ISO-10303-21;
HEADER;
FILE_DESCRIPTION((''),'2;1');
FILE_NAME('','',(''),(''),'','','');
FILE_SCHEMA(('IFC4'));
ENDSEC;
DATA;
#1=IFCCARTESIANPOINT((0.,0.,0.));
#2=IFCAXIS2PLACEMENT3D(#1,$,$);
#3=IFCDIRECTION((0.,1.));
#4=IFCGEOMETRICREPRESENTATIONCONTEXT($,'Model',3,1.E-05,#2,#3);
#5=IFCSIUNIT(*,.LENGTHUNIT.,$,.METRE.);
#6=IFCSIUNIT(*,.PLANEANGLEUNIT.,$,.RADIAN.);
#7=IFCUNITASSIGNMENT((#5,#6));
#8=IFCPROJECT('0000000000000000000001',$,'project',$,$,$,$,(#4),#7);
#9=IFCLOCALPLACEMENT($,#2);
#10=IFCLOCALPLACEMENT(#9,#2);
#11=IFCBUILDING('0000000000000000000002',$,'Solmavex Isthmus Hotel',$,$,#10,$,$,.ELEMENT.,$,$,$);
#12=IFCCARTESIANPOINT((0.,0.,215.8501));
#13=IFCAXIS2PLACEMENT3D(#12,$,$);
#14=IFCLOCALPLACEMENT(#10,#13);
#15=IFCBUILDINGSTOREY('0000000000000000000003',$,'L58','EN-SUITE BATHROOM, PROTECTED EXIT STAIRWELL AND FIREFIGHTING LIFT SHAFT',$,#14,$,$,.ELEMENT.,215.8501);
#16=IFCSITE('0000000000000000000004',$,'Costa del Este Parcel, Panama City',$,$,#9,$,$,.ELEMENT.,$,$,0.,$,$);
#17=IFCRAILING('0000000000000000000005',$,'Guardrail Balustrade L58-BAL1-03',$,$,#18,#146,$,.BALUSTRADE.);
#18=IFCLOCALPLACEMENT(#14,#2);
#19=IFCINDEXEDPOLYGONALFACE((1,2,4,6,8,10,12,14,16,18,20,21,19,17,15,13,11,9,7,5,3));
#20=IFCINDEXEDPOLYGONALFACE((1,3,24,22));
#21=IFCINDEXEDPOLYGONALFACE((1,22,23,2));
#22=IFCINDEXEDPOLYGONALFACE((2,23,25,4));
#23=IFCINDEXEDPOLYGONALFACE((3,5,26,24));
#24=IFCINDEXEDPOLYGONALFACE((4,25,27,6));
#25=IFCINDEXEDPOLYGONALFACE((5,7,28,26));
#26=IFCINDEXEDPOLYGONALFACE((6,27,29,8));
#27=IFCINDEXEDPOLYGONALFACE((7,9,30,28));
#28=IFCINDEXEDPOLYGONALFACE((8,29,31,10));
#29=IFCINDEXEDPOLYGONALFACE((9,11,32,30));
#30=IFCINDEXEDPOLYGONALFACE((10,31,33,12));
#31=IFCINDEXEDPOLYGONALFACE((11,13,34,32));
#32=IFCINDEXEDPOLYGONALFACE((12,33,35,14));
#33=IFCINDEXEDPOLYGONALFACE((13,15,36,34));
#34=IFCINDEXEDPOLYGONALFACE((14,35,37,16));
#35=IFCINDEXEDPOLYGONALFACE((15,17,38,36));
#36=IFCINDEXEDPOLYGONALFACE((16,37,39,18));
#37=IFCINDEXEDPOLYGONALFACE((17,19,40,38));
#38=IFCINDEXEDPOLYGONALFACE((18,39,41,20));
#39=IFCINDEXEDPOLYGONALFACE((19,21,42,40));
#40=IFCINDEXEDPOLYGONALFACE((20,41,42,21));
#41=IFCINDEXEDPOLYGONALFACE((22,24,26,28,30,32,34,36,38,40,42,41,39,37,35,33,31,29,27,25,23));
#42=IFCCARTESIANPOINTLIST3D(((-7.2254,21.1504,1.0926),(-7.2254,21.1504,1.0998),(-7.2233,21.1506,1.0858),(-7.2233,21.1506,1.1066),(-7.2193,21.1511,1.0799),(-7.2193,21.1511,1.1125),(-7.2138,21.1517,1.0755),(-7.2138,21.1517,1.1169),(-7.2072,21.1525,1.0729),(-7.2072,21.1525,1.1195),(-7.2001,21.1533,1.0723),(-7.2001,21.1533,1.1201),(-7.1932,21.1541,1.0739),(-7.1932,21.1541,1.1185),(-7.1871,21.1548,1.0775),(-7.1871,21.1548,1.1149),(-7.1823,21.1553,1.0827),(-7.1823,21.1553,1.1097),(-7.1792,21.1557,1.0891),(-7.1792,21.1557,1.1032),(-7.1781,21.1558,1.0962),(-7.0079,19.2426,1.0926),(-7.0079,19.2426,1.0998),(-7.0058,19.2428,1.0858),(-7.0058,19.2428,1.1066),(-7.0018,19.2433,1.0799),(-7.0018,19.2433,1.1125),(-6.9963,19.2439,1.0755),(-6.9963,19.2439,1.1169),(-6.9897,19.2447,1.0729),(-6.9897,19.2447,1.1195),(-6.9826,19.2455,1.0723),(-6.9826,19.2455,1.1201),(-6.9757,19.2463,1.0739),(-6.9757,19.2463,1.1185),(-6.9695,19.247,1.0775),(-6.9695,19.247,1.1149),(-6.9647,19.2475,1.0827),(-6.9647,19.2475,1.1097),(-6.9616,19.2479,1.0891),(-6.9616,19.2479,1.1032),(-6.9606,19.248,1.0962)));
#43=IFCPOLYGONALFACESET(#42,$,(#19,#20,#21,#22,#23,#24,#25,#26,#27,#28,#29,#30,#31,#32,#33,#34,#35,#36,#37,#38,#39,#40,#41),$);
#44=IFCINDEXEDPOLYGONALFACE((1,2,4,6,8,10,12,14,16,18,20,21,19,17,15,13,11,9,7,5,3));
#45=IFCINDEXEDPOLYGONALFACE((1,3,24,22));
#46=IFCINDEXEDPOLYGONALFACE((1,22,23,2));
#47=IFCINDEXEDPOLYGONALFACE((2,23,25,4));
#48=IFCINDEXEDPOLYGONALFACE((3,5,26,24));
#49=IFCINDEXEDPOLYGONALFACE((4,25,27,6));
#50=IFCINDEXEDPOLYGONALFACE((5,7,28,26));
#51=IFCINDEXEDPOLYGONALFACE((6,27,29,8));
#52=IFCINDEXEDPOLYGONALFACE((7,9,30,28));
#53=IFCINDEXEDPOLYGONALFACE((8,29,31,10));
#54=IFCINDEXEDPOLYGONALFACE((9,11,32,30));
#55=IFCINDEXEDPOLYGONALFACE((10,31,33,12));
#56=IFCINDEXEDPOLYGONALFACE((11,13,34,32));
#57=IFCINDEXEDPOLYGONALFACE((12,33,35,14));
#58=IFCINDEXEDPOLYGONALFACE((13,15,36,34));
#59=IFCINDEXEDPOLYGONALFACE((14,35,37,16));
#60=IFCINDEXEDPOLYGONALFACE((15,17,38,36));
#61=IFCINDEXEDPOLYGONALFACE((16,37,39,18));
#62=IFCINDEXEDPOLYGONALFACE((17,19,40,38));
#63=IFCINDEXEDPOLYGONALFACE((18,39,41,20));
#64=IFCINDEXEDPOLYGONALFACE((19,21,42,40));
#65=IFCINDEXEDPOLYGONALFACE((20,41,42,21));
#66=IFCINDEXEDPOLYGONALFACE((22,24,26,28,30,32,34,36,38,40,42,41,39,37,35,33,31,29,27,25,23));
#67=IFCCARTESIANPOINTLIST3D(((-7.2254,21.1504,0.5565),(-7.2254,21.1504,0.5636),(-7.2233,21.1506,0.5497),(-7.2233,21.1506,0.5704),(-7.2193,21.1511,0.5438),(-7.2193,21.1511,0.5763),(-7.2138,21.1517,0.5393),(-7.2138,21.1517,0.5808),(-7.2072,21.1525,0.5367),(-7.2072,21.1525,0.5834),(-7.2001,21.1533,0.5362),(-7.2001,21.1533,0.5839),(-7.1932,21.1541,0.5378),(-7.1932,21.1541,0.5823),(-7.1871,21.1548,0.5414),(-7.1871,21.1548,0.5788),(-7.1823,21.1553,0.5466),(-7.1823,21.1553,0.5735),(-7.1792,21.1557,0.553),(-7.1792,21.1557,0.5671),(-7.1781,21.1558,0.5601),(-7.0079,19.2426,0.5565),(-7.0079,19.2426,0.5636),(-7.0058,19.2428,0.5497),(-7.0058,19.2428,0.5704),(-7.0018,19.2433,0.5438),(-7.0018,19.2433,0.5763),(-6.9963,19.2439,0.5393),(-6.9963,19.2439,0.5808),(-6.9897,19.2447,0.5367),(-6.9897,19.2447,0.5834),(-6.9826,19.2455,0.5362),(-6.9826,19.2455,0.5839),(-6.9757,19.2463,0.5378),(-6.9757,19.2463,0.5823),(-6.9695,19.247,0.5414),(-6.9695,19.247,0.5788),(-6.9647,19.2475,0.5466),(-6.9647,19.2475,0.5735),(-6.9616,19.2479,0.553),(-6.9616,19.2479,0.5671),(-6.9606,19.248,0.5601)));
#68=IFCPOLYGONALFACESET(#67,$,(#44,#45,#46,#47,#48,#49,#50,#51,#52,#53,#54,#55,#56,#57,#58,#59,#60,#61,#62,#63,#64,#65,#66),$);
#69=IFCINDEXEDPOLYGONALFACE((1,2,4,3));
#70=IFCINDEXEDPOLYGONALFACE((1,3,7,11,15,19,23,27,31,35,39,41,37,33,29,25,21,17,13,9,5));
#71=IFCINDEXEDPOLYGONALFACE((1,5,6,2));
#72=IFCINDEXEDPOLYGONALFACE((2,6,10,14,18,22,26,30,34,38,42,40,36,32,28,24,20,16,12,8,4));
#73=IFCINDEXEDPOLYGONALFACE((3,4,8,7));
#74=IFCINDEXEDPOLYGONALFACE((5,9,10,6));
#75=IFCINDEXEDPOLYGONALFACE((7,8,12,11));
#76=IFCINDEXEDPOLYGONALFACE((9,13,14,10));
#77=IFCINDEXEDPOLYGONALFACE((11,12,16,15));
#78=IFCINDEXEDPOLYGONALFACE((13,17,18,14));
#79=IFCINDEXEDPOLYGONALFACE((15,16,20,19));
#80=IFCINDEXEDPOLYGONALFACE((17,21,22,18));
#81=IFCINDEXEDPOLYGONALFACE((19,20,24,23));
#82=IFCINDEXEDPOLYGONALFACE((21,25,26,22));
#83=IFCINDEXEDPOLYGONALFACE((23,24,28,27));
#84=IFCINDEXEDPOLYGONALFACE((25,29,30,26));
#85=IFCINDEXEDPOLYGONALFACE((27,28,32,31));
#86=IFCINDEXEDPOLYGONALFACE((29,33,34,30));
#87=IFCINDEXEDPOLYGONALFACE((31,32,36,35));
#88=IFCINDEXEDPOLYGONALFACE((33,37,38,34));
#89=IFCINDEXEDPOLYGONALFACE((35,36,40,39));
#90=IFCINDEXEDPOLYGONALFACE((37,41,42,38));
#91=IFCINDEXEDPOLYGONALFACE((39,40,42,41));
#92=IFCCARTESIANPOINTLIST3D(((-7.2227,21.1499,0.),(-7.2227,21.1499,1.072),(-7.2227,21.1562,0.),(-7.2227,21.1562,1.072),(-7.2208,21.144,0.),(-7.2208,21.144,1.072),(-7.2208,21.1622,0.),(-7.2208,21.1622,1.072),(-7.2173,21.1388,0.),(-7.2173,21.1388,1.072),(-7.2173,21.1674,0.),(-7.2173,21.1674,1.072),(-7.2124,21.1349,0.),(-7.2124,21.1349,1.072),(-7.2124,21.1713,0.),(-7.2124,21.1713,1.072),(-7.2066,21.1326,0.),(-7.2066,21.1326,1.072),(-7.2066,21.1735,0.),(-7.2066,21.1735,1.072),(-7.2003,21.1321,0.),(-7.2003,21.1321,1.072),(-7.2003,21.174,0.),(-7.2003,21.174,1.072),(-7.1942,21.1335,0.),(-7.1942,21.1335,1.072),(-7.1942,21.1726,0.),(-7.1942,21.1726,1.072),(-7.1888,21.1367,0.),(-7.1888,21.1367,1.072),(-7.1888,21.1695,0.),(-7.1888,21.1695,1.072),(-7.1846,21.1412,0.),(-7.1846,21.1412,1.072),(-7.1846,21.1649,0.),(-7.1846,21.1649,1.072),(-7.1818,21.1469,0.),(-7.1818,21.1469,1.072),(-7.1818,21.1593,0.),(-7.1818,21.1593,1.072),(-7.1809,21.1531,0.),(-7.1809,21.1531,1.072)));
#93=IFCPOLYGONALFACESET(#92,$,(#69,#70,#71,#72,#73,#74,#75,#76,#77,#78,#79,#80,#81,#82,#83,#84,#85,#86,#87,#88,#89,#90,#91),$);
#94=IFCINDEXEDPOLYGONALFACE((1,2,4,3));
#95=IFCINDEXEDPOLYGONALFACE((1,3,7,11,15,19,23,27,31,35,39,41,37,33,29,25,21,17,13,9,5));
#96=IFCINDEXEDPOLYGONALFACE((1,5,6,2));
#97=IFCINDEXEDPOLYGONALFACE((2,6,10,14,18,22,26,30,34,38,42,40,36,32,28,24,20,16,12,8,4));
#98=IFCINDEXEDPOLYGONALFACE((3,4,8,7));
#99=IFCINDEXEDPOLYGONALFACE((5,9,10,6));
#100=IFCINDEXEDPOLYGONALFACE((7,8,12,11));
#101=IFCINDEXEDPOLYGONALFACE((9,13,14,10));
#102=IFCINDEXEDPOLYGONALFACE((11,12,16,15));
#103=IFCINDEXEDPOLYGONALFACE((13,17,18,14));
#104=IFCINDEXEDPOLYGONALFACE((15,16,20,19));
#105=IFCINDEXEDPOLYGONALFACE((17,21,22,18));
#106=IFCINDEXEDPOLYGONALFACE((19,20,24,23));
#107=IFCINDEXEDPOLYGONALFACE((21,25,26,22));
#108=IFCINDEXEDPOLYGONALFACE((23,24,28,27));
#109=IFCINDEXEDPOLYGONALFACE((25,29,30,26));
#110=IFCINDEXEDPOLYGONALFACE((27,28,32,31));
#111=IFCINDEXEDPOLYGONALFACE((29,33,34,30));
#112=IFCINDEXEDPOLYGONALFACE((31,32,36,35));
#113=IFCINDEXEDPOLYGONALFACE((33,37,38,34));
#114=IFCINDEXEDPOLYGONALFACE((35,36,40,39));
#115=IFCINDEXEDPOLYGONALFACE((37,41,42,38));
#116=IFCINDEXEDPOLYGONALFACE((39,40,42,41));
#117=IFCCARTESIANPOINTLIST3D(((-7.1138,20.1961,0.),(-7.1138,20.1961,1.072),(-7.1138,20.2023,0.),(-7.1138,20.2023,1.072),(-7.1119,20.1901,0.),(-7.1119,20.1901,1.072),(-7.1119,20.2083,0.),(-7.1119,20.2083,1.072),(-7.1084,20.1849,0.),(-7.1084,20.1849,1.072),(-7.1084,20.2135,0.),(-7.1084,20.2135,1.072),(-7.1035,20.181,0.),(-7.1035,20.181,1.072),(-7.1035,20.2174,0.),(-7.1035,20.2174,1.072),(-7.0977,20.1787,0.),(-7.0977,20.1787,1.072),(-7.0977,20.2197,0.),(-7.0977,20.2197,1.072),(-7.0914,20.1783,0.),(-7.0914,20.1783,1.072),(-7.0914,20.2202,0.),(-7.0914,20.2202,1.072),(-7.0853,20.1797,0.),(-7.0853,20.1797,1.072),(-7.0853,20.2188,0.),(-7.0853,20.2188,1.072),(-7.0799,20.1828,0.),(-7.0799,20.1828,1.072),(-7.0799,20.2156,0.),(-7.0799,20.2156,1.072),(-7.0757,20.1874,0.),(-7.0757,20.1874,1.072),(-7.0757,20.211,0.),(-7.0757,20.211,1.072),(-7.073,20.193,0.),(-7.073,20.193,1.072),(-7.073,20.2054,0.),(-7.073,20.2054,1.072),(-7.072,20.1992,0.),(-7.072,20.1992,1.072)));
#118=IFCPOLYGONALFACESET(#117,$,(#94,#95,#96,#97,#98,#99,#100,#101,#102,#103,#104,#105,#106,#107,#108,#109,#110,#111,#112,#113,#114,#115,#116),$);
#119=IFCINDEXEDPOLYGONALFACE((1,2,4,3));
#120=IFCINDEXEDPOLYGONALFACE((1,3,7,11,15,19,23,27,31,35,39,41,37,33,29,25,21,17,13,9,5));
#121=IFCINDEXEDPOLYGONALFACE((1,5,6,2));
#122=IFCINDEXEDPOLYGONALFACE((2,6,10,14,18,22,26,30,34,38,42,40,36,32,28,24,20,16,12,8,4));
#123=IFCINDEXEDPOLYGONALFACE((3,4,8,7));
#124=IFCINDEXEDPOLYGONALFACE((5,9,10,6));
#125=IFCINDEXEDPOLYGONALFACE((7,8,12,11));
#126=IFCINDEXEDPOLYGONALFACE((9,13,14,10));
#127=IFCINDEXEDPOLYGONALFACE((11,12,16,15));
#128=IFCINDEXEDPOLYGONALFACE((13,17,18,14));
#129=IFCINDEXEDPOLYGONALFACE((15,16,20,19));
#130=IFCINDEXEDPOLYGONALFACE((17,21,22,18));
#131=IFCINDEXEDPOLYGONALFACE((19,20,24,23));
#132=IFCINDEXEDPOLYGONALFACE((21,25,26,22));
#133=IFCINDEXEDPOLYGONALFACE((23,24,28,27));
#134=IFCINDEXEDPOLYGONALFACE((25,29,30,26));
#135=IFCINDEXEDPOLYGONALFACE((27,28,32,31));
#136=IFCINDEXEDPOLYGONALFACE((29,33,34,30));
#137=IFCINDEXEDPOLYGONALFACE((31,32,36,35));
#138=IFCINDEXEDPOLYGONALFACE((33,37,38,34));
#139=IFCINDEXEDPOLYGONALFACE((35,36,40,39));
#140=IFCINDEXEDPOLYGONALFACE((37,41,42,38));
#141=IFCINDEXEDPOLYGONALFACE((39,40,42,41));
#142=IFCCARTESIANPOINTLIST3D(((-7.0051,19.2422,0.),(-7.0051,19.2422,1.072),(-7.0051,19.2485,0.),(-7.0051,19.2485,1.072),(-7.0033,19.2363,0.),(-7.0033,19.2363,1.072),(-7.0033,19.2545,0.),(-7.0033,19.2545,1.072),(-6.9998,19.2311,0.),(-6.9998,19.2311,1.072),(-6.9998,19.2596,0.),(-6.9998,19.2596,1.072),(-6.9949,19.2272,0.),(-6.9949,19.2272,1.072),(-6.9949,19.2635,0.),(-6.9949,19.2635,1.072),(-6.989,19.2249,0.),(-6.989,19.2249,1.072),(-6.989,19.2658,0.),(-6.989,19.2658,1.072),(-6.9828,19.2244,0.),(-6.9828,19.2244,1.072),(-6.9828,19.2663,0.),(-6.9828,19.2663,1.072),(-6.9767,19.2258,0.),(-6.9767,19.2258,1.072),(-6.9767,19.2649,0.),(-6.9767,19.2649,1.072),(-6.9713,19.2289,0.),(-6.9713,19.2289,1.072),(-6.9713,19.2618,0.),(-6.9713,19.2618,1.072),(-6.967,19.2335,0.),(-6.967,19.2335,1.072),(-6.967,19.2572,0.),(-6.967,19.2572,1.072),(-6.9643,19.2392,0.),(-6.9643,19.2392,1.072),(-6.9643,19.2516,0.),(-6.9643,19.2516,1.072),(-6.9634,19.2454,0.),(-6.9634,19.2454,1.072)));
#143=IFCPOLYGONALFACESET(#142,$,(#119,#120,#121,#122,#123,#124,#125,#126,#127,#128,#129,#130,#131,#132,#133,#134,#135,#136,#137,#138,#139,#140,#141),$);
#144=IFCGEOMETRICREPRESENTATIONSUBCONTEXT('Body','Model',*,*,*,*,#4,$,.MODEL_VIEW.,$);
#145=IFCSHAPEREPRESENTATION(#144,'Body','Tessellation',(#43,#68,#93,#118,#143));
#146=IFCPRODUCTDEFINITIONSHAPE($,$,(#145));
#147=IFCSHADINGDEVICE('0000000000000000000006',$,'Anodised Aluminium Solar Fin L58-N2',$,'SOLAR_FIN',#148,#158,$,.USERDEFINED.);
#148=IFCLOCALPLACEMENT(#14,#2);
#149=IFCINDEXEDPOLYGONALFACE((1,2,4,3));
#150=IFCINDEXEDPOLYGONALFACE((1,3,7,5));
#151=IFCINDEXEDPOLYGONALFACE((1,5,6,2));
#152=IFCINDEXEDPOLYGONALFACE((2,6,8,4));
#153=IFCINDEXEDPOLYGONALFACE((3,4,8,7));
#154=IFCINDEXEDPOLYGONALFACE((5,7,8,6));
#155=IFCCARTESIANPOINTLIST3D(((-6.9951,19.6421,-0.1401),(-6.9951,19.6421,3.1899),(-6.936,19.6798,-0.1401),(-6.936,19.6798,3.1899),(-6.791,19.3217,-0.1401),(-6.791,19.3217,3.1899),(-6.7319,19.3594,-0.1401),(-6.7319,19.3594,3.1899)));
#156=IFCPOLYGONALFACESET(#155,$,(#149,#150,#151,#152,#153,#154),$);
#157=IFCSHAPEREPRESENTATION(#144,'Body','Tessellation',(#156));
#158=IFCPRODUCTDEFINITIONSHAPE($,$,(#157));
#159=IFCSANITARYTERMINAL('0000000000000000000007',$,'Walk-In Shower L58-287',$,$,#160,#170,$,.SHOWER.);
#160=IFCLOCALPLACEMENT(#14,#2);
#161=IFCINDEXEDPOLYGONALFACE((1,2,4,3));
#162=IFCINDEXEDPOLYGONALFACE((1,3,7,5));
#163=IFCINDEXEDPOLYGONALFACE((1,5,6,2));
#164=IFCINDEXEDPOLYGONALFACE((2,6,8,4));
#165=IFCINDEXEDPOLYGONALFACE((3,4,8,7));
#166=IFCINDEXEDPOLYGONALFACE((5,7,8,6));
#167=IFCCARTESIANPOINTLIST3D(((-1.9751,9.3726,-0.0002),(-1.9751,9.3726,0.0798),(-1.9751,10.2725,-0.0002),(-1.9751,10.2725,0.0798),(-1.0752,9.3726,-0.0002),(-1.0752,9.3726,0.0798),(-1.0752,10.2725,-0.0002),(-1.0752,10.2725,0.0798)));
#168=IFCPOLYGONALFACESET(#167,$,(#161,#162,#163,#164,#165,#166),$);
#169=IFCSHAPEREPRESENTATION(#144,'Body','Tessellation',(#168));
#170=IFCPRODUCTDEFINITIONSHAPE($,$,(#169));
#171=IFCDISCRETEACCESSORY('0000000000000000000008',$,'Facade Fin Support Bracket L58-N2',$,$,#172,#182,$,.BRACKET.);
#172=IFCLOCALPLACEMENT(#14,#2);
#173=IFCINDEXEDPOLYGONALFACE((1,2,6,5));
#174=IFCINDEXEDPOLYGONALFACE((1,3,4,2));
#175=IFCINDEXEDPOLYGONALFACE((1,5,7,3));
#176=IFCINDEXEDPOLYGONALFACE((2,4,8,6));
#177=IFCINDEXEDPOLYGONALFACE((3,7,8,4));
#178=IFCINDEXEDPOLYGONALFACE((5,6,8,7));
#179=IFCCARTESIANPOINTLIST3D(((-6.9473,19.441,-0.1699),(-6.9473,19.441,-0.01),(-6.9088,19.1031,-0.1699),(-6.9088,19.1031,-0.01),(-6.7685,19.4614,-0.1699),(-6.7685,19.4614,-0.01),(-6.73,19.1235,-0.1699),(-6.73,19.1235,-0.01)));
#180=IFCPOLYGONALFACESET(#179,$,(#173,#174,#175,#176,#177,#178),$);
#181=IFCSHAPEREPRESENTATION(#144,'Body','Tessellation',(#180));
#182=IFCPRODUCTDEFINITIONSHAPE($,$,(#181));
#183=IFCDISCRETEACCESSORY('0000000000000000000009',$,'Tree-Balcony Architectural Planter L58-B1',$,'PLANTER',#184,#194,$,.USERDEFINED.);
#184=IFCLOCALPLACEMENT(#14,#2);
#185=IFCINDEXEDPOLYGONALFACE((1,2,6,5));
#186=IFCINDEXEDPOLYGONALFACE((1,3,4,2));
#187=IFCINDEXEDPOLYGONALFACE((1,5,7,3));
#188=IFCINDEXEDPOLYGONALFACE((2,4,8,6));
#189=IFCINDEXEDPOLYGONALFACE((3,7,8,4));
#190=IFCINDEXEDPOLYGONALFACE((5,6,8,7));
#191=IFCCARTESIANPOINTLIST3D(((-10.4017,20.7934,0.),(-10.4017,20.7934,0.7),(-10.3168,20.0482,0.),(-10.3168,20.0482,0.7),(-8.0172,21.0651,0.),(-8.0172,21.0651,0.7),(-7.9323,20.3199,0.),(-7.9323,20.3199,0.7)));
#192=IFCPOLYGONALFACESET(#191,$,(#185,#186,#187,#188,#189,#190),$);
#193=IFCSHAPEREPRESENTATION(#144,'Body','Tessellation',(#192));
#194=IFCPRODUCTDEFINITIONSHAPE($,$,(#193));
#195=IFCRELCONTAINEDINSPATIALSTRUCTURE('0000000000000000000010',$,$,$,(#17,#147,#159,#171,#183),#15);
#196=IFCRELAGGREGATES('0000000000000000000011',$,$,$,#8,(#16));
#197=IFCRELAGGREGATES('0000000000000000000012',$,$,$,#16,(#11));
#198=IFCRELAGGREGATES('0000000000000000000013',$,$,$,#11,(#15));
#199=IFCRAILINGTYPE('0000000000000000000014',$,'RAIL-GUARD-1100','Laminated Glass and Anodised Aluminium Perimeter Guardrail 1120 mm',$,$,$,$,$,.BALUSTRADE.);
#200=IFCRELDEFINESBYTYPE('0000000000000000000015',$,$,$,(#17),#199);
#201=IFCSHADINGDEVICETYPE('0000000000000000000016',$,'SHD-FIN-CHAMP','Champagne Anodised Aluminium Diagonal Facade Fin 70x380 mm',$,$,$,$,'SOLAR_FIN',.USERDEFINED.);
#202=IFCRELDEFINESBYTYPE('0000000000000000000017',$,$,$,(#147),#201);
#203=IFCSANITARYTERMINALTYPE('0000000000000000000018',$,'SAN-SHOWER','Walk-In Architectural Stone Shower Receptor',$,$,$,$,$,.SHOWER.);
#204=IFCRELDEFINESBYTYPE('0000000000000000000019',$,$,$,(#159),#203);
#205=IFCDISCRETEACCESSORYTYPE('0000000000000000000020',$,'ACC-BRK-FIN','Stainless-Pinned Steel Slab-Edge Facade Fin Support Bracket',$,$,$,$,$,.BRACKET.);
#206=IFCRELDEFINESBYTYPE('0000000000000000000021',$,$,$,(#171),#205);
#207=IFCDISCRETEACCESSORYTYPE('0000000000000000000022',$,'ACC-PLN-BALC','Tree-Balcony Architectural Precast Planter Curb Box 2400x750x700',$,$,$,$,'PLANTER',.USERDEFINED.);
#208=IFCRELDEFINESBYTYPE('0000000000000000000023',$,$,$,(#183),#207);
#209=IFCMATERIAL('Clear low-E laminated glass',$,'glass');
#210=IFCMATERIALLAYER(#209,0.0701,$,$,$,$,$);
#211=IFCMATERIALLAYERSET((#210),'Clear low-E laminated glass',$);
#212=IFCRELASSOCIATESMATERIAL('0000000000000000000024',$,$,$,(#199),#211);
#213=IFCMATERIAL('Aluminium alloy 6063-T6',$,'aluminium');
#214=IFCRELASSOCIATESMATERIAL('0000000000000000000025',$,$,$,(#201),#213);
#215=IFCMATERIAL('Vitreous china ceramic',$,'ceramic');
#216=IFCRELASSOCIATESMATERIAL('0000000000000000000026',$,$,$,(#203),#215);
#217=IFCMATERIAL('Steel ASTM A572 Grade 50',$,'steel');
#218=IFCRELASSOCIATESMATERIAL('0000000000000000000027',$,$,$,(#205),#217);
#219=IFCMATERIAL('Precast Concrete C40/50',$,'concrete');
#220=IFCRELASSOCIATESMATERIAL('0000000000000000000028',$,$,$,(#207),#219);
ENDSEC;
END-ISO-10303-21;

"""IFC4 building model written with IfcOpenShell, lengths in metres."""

from ifc_helpers import new_model, si_unit, direction, frame, origin, origin_2d, place, context, subcontext, project, spatial, rectangle, circle, extrude, material, layer, layer_set, type_object, element, save


model = new_model("IFC4")

# Units and contexts
model_context = context("Model", 3, precision=1e-05, world=origin(), true_north=direction((0.0, 1.0)))
body_context = subcontext(model_context, "Body", "Model", "MODEL_VIEW")
ifc_project = project(units=[si_unit("LENGTHUNIT", "METRE"), si_unit("PLANEANGLEUNIT", "RADIAN")], contexts=[model_context])

# Site, building, storey
site_placement = place(None, origin())
site = spatial("IfcSite", under=ifc_project, at=site_placement, Name="Costa del Este Parcel, Panama City", CompositionType="ELEMENT", RefElevation=0.0)
building_placement = place(site_placement, origin())
building = spatial("IfcBuilding", under=site, at=building_placement, Name="Solmavex Isthmus Hotel", CompositionType="ELEMENT")
storey_placement = place(building_placement, frame((0.0, 0.0, 215.8501)))
storey = spatial("IfcBuildingStorey", under=building, at=storey_placement, Name="L58", Description="EN-SUITE BATHROOM, PROTECTED EXIT STAIRWELL AND FIREFIGHTING LIFT SHAFT", CompositionType="ELEMENT", Elevation=215.8501)

# Shared definitions
ifc_material_1 = material(Name="Aluminium alloy 6063-T6", Category="aluminium")

# Shared definitions
ifc_material_2 = material(Name="Clear low-E laminated glass", Category="glass")

# Shared definitions
ifc_material_3 = material(Name="Precast Concrete C40/50", Category="concrete")

# Railing
ifc_layer_1 = layer(ifc_material_2, 0.0701)
ifc_layer_set_1 = layer_set([ifc_layer_1], Name="Clear low-E laminated glass")
railing_type = type_object("IfcRailingType", Name="RAIL-GUARD-1100", Description="Laminated Glass and Anodised Aluminium Perimeter Guardrail 1120 mm", PredefinedType="BALUSTRADE", material=ifc_layer_set_1)
railing_1_placement = place(storey_placement, frame((-7.2019, 21.1531, 0.0)))
element("IfcRailing", 1, at=railing_1_placement, inside=storey, type_object=railing_type, Name="Guardrail Balustrade L58-BAL1-03", PredefinedType="BALUSTRADE", context=body_context, shape_type="SweptSolid", body=[
    extrude(circle(Radius=0.0239, at=origin_2d()), frame((0.0, 0.0, 1.0962), z_axis=(0.113292, -0.993562, 0.0), x_axis=(0.993562, 0.113292, 0.0)), (0.0, 0.0, 1.0), 1.9202),
    extrude(circle(Radius=0.0239, at=origin_2d()), frame((0.0, 0.0, 0.5601), z_axis=(0.113292, -0.993562, 0.0), x_axis=(0.993562, 0.113292, 0.0)), (0.0, 0.0, 1.0), 1.9202),
    extrude(circle(Radius=0.021, at=origin_2d()), origin(), (0.0, 0.0, 1.0), 1.072),
    extrude(circle(Radius=0.021, at=origin_2d()), frame((0.1089, -0.9539, 0.0)), (0.0, 0.0, 1.0), 1.072),
    extrude(circle(Radius=0.021, at=origin_2d()), frame((0.2175, -1.9077, 0.0)), (0.0, 0.0, 1.0), 1.072),
])

# Shading device
shading_device_type = type_object("IfcShadingDeviceType", Name="SHD-FIN-CHAMP", Description="Champagne Anodised Aluminium Diagonal Facade Fin 70x380 mm", ElementType="SOLAR_FIN", PredefinedType="USERDEFINED", material=ifc_material_1)
shading_device_placement = place(storey_placement, frame((-6.8635, 19.5007, -0.1401), z_axis=(0.0, 0.0, 1.0), x_axis=(-0.5373, 0.843391, 0.0)))
element("IfcShadingDevice", 2, at=shading_device_placement, inside=storey, type_object=shading_device_type, Name="Anodised Aluminium Solar Fin L58-N2", ObjectType="SOLAR_FIN", PredefinedType="USERDEFINED", context=body_context, shape_type="SweptSolid", body=[
    extrude(rectangle(XDim=0.3799, YDim=0.0701, at=origin_2d()), origin(), (0.0, 0.0, 1.0), 3.3301),
])

# Sanitary terminal
ifc_material_4 = material(Name="Vitreous china ceramic", Category="ceramic")
sanitary_terminal_type = type_object("IfcSanitaryTerminalType", Name="SAN-SHOWER", Description="Walk-In Architectural Stone Shower Receptor", PredefinedType="SHOWER", material=ifc_material_4)
sanitary_terminal_placement = place(storey_placement, frame((-1.5251, 9.8225, -0.0002), z_axis=(0.0, 0.0, 1.0), x_axis=(1.0, 0.0, 0.0)))
element("IfcSanitaryTerminal", 3, at=sanitary_terminal_placement, inside=storey, type_object=sanitary_terminal_type, Name="Walk-In Shower L58-287", PredefinedType="SHOWER", context=body_context, shape_type="SweptSolid", body=[
    extrude(rectangle(XDim=0.8999, YDim=0.8999, at=origin_2d()), origin(), (0.0, 0.0, 1.0), 0.0801),
])

# Discrete accessories
ifc_material_5 = material(Name="Steel ASTM A572 Grade 50", Category="steel")
discrete_accessory_type_1 = type_object("IfcDiscreteAccessoryType", Name="ACC-BRK-FIN", Description="Stainless-Pinned Steel Slab-Edge Facade Fin Support Bracket", PredefinedType="BRACKET", material=ifc_material_5)
discrete_accessory_1_placement = place(storey_placement, frame((-6.8386, 19.2822, -0.1699), z_axis=(0.0, 0.0, 1.0), x_axis=(-0.113203, 0.993572, 0.0)))
element("IfcDiscreteAccessory", 4, at=discrete_accessory_1_placement, inside=storey, type_object=discrete_accessory_type_1, Name="Facade Fin Support Bracket L58-N2", PredefinedType="BRACKET", context=body_context, shape_type="SweptSolid", body=[
    extrude(rectangle(XDim=0.3401, YDim=0.1799, at=origin_2d()), origin(), (0.0, 0.0, 1.0), 0.1599),
])
discrete_accessory_type_2 = type_object("IfcDiscreteAccessoryType", Name="ACC-PLN-BALC", Description="Tree-Balcony Architectural Precast Planter Curb Box 2400x750x700", ElementType="PLANTER", PredefinedType="USERDEFINED", material=ifc_material_3)
discrete_accessory_2_placement = place(storey_placement, frame((-9.167, 20.5566, 0.0), z_axis=(0.0, 0.0, 1.0), x_axis=(0.993572, 0.113203, 0.0)))
element("IfcDiscreteAccessory", 5, at=discrete_accessory_2_placement, inside=storey, type_object=discrete_accessory_type_2, Name="Tree-Balcony Architectural Planter L58-B1", ObjectType="PLANTER", PredefinedType="USERDEFINED", context=body_context, shape_type="SweptSolid", body=[
    extrude(rectangle(XDim=2.3999, YDim=0.75, at=origin_2d()), origin(), (0.0, 0.0, 1.0), 0.7),
])

save(model, "model.ifc")
